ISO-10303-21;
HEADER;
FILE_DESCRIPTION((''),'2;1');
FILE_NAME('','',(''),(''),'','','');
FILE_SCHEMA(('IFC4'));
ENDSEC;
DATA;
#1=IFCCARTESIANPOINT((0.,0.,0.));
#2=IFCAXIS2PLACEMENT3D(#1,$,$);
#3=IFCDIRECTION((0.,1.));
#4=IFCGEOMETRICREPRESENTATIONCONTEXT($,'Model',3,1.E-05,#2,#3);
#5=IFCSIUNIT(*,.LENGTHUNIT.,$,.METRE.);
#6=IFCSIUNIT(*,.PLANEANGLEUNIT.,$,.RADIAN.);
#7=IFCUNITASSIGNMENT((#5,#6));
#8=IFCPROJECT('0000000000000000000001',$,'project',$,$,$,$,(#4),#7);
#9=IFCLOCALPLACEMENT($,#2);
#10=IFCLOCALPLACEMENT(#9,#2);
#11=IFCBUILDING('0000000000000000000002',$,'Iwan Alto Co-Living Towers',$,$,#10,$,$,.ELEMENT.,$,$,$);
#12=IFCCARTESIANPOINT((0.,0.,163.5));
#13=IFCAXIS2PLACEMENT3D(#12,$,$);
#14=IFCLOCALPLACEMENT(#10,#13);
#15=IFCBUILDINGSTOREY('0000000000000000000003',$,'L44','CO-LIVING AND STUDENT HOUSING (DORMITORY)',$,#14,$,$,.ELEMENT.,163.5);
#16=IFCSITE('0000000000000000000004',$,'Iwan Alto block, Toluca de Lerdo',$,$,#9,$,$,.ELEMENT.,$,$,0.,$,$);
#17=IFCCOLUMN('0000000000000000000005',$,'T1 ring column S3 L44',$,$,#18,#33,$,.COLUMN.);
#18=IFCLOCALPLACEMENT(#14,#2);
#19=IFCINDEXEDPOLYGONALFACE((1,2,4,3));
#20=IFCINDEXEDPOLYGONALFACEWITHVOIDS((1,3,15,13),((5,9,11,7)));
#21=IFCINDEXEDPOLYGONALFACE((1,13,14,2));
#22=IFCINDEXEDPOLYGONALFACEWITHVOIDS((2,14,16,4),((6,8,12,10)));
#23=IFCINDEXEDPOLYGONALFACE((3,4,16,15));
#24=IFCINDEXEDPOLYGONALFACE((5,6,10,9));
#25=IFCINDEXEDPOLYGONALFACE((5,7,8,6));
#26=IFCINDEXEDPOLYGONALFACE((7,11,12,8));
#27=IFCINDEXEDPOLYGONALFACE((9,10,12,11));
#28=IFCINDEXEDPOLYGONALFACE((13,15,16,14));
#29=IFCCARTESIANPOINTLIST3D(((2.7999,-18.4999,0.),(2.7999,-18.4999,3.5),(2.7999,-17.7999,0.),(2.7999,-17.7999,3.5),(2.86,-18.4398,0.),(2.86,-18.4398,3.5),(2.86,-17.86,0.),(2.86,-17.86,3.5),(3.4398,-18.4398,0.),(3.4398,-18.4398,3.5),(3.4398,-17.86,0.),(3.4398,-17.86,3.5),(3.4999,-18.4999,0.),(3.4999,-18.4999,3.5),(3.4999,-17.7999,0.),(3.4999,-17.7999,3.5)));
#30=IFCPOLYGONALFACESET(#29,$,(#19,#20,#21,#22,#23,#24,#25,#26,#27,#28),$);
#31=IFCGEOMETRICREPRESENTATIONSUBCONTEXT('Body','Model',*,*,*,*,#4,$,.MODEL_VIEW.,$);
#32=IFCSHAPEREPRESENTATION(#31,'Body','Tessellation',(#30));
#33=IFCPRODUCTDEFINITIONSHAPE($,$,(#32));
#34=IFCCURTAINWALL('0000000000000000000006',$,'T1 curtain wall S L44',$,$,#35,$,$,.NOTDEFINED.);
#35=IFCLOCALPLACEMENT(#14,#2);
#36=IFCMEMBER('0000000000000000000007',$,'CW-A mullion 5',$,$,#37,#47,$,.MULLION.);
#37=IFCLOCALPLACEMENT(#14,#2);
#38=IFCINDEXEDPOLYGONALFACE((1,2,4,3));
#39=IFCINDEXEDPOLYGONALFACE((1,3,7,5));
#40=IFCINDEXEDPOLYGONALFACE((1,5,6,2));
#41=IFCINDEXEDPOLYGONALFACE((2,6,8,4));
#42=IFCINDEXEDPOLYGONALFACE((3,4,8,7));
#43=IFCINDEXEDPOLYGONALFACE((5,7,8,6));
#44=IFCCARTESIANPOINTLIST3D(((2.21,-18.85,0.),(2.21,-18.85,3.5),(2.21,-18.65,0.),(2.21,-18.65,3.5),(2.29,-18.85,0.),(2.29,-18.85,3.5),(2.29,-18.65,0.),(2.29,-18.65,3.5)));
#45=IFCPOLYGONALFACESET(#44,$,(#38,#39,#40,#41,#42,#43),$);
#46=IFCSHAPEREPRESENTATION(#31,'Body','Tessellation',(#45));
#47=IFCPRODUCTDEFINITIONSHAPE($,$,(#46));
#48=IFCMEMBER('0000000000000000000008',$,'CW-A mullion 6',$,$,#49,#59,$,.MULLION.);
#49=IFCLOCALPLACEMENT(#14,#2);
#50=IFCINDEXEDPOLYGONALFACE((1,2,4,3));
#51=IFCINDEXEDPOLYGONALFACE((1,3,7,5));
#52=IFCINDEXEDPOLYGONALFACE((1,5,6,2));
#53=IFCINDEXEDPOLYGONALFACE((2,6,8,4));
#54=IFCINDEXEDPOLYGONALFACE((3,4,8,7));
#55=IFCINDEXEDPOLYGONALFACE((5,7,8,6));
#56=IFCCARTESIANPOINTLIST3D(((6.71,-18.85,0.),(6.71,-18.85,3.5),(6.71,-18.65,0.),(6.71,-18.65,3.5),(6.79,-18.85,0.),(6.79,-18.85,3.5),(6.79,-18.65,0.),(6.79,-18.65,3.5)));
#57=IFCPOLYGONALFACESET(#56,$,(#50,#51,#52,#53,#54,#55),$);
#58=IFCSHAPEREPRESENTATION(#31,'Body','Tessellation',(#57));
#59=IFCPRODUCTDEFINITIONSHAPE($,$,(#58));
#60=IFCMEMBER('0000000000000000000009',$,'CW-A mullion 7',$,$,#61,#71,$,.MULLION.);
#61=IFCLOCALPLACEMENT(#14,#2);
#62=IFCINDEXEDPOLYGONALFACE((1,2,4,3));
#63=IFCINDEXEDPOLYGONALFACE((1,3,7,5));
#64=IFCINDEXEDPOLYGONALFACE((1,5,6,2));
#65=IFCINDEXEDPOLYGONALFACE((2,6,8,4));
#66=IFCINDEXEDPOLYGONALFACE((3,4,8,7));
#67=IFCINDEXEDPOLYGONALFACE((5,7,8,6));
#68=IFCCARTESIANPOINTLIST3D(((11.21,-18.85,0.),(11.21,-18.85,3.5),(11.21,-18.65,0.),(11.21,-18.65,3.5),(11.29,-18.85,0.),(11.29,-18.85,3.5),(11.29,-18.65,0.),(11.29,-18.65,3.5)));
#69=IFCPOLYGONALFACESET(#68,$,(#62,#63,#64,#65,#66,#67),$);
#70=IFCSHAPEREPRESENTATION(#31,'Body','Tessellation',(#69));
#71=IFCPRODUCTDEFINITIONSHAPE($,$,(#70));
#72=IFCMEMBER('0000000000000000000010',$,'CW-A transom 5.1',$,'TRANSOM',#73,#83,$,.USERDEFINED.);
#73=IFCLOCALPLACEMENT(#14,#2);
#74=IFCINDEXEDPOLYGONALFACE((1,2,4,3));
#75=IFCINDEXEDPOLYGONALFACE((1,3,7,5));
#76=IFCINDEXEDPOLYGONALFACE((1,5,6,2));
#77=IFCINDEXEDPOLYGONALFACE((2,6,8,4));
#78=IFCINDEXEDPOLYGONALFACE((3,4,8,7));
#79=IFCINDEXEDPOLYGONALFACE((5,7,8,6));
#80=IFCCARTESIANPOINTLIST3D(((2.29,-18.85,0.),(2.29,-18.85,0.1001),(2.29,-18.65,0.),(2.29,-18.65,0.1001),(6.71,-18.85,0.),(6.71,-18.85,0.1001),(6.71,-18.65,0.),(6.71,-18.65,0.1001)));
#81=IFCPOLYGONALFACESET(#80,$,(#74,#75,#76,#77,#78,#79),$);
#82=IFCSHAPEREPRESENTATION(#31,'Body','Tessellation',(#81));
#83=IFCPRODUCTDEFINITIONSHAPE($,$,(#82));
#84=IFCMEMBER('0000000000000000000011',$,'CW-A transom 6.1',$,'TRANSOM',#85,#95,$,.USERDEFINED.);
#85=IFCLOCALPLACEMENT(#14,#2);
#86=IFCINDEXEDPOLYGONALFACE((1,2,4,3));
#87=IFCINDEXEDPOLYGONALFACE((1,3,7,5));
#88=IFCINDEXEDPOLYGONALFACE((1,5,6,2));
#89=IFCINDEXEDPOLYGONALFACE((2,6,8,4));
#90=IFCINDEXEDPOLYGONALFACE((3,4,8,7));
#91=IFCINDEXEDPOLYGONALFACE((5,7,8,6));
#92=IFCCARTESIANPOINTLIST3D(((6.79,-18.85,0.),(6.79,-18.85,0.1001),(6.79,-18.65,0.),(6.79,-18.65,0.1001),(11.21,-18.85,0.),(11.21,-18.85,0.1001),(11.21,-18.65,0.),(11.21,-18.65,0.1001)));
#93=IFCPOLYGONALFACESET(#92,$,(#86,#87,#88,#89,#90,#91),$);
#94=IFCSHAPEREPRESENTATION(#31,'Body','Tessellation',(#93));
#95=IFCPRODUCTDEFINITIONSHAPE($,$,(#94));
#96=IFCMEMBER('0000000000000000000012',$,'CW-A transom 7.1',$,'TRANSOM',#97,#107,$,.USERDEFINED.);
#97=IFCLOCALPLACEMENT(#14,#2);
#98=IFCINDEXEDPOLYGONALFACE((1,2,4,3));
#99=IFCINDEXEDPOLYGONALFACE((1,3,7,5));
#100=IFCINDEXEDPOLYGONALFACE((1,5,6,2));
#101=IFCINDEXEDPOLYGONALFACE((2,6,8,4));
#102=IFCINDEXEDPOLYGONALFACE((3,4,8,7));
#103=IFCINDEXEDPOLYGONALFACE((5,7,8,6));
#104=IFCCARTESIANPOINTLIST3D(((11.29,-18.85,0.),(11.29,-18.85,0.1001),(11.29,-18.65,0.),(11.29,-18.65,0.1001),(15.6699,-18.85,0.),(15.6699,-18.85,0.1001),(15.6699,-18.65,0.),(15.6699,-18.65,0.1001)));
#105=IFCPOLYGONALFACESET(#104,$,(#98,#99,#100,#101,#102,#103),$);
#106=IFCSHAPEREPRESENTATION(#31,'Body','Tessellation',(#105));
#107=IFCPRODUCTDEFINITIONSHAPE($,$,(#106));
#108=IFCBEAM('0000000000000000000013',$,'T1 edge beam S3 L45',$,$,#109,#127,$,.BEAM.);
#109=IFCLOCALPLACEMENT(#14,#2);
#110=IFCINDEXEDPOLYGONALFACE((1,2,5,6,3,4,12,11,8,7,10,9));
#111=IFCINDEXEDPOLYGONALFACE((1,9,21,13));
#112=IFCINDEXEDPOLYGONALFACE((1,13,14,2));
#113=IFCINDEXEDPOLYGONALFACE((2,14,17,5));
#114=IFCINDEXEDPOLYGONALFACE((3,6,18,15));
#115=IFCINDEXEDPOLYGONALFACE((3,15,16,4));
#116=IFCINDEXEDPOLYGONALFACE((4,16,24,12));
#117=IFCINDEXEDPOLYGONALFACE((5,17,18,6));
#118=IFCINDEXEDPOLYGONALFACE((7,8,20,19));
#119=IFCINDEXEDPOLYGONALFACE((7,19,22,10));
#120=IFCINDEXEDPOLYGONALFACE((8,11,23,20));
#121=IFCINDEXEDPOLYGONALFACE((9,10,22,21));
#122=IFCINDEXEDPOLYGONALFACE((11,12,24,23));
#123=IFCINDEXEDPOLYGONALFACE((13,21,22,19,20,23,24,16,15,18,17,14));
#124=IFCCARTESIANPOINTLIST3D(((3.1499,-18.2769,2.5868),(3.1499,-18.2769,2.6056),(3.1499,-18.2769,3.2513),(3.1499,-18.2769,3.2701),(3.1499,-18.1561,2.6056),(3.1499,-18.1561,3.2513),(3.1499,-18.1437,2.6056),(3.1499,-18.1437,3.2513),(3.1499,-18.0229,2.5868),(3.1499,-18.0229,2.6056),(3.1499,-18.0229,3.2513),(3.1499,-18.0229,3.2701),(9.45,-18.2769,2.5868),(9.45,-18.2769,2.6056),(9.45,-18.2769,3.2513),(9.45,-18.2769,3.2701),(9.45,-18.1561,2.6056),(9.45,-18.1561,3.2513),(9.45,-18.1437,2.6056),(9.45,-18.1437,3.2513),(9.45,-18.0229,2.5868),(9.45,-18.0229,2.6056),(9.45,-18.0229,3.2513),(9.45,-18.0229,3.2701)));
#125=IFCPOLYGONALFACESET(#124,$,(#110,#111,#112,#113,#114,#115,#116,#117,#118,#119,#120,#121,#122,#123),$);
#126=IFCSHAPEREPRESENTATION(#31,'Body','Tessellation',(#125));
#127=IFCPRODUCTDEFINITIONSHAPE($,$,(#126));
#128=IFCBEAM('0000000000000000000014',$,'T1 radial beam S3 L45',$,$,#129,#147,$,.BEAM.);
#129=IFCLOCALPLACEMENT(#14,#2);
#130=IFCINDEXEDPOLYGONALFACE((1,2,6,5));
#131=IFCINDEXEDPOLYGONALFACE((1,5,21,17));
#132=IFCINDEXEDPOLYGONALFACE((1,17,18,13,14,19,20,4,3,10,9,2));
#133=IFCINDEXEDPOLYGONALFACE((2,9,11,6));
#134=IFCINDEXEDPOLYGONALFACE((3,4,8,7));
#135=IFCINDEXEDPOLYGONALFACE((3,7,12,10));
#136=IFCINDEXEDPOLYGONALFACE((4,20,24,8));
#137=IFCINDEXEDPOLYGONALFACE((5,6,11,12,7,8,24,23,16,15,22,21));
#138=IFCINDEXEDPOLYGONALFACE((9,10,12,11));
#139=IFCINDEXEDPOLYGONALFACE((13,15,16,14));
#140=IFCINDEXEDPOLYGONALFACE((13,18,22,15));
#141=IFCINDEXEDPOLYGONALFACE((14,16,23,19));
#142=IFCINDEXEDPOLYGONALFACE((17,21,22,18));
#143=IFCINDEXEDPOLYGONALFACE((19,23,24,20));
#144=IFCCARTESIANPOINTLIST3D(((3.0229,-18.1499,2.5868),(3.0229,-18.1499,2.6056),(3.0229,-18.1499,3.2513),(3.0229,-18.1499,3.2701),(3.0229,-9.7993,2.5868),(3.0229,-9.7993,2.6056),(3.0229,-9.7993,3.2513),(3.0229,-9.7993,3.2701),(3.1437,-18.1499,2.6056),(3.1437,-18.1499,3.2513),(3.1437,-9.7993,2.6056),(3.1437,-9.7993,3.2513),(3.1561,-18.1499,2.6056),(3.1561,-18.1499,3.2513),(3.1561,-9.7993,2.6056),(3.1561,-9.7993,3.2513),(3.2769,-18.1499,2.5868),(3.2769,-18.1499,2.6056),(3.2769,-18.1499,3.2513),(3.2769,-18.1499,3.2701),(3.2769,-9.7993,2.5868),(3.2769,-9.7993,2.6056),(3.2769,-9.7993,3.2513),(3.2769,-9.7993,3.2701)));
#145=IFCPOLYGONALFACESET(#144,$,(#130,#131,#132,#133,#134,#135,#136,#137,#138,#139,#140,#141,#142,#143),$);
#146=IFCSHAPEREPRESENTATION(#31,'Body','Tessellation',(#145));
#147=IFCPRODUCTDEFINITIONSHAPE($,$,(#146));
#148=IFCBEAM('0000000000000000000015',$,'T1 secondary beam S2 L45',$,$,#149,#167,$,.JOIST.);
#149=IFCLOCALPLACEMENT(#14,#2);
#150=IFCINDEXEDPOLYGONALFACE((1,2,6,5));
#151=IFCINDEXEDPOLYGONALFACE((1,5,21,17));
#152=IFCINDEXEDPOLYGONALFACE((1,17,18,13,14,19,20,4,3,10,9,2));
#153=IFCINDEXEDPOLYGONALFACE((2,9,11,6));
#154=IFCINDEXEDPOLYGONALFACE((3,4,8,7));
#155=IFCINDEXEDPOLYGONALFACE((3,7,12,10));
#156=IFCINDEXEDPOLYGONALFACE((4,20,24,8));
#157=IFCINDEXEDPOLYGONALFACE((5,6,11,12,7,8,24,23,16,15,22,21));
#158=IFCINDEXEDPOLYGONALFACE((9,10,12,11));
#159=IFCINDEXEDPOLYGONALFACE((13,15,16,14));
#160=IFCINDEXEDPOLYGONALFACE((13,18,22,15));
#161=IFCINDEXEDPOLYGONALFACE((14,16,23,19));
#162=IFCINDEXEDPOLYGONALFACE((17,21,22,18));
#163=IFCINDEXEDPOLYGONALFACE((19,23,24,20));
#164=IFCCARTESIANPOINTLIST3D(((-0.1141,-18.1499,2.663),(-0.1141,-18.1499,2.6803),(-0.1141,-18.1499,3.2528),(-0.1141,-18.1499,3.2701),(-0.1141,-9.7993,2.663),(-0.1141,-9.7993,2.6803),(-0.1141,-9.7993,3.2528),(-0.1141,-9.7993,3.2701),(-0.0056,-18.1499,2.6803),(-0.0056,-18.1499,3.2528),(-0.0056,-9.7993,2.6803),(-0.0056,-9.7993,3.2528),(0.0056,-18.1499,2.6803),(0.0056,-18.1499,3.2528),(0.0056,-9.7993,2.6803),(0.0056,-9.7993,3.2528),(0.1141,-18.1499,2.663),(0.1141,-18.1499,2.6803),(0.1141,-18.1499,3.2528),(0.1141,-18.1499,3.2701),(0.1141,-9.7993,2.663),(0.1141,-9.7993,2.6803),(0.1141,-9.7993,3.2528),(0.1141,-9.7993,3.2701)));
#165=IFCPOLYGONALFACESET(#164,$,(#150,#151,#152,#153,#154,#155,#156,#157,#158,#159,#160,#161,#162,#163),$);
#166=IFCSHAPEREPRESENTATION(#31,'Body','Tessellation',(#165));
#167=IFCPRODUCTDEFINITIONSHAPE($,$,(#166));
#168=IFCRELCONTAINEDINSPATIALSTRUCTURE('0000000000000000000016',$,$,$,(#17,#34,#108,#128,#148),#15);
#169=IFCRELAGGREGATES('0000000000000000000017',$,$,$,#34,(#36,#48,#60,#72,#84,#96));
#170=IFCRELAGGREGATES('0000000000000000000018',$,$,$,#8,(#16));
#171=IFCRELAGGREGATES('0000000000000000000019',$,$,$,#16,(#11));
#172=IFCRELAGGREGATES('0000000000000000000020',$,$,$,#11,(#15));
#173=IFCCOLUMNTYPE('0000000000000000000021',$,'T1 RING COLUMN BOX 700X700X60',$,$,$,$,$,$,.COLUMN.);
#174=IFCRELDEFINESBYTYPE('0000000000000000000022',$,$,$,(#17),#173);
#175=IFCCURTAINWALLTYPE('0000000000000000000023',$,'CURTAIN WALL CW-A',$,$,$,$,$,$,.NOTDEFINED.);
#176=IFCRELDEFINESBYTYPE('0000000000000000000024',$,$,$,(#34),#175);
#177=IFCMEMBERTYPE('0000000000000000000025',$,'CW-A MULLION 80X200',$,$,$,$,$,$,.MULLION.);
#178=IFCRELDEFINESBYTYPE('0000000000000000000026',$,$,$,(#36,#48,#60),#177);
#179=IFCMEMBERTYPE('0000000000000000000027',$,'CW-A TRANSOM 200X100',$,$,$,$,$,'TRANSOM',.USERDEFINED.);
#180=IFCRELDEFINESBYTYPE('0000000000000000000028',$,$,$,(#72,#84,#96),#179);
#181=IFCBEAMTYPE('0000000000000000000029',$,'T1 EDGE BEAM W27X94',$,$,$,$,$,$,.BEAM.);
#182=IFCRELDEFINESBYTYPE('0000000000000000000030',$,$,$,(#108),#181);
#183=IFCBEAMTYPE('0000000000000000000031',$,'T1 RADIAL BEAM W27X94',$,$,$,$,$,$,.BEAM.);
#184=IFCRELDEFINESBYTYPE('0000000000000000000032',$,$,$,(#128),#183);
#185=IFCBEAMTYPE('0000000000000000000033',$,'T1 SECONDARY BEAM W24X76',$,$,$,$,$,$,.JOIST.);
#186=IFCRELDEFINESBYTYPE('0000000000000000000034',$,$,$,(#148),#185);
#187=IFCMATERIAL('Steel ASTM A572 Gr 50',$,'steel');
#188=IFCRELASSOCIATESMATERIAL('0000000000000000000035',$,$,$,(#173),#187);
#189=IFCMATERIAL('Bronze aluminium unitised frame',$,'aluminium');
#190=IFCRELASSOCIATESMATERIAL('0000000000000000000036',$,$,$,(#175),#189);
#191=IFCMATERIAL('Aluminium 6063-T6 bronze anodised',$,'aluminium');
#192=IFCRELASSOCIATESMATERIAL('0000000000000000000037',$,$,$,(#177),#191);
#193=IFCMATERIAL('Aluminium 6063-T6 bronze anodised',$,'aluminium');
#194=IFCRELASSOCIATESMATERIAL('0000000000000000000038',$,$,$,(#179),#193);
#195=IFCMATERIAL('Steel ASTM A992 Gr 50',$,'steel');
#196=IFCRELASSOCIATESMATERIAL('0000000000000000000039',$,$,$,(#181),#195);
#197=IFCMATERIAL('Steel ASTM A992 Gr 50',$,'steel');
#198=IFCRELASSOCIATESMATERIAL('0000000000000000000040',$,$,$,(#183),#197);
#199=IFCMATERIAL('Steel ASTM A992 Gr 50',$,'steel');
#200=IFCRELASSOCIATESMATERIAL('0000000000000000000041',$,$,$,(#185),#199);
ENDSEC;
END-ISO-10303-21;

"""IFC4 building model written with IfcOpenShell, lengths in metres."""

from ifc_helpers import new_model, si_unit, direction, frame, origin, origin_2d, place, context, subcontext, project, spatial, rectangle, hollow_rectangle, i_section, extrude, material, material_profile, profile_set, type_object, element, aggregate, save


model = new_model("IFC4")

# Units and contexts
model_context = context("Model", 3, precision=1e-05, world=origin(), true_north=direction((0.0, 1.0)))
body_context = subcontext(model_context, "Body", "Model", "MODEL_VIEW")
ifc_project = project(units=[si_unit("LENGTHUNIT", "METRE"), si_unit("PLANEANGLEUNIT", "RADIAN")], contexts=[model_context])

# Site, building, storey
site_placement = place(None, origin())
site = spatial("IfcSite", under=ifc_project, at=site_placement, Name="Iwan Alto block, Toluca de Lerdo", CompositionType="ELEMENT", RefElevation=0.0)
building_placement = place(site_placement, origin())
building = spatial("IfcBuilding", under=site, at=building_placement, Name="Iwan Alto Co-Living Towers", CompositionType="ELEMENT")
storey_placement = place(building_placement, frame((0.0, 0.0, 163.5)))
storey = spatial("IfcBuildingStorey", under=building, at=storey_placement, Name="L44", Description="CO-LIVING AND STUDENT HOUSING (DORMITORY)", CompositionType="ELEMENT", Elevation=163.5)

# Column
ifc_material_1 = material(Name="Steel ASTM A572 Gr 50", Category="steel")
ifc_material_profile_1 = material_profile(ifc_material_1, hollow_rectangle(XDim=0.7, YDim=0.7, WallThickness=0.0601, at=origin_2d()), Name="BOX 700X700X60")
ifc_profile_set_1 = profile_set([ifc_material_profile_1], Name="Steel ASTM A572 Gr 50")
column_type = type_object("IfcColumnType", Name="T1 RING COLUMN BOX 700X700X60", PredefinedType="COLUMN", material=ifc_profile_set_1)
column_placement = place(storey_placement, frame((3.1499, -18.1499, 0.0), z_axis=(0.0, 0.0, 1.0), x_axis=(1.0, 0.0, 0.0)))
element("IfcColumn", 1, at=column_placement, inside=storey, type_object=column_type, Name="T1 ring column S3 L44", PredefinedType="COLUMN", context=body_context, shape_type="SweptSolid", body=[
    extrude(hollow_rectangle(XDim=0.7, YDim=0.7, WallThickness=0.0601, at=origin_2d()), origin(), (0.0, 0.0, 1.0), 3.5),
])

# Curtain wall, members
ifc_material_2 = material(Name="Bronze aluminium unitised frame", Category="aluminium")
curtain_wall_type = type_object("IfcCurtainWallType", Name="CURTAIN WALL CW-A", PredefinedType="NOTDEFINED", material=ifc_material_2)
curtain_wall_placement = place(storey_placement, origin())
curtain_wall = element("IfcCurtainWall", 2, at=curtain_wall_placement, inside=storey, type_object=curtain_wall_type, Name="T1 curtain wall S L44", PredefinedType="NOTDEFINED")
ifc_material_3 = material(Name="Aluminium 6063-T6 bronze anodised", Category="aluminium")
ifc_material_profile_2 = material_profile(ifc_material_3, rectangle(XDim=0.2, YDim=0.0801, at=origin_2d()), Name="AL 80X200")
ifc_profile_set_2 = profile_set([ifc_material_profile_2], Name="Aluminium 6063-T6 bronze anodised")
member_type_1 = type_object("IfcMemberType", Name="CW-A MULLION 80X200", PredefinedType="MULLION", material=ifc_profile_set_2)
member_1_placement = place(storey_placement, frame((2.25, -18.75, 0.0), z_axis=(0.0, 0.0, 1.0), x_axis=(0.0, 1.0, 0.0)))
member_1 = element("IfcMember", 3, at=member_1_placement, type_object=member_type_1, Name="CW-A mullion 5", PredefinedType="MULLION", context=body_context, shape_type="SweptSolid", body=[
    extrude(rectangle(XDim=0.2, YDim=0.0801, at=origin_2d()), origin(), (0.0, 0.0, 1.0), 3.5),
])
member_2_placement = place(storey_placement, frame((6.75, -18.75, 0.0), z_axis=(0.0, 0.0, 1.0), x_axis=(0.0, 1.0, 0.0)))
member_2 = element("IfcMember", 4, at=member_2_placement, type_object=member_type_1, Name="CW-A mullion 6", PredefinedType="MULLION", context=body_context, shape_type="SweptSolid", body=[
    extrude(rectangle(XDim=0.2, YDim=0.0801, at=origin_2d()), origin(), (0.0, 0.0, 1.0), 3.5),
])
member_3_placement = place(storey_placement, frame((11.25, -18.75, 0.0), z_axis=(0.0, 0.0, 1.0), x_axis=(0.0, 1.0, 0.0)))
member_3 = element("IfcMember", 5, at=member_3_placement, type_object=member_type_1, Name="CW-A mullion 7", PredefinedType="MULLION", context=body_context, shape_type="SweptSolid", body=[
    extrude(rectangle(XDim=0.2, YDim=0.0801, at=origin_2d()), origin(), (0.0, 0.0, 1.0), 3.5),
])
ifc_material_4 = material(Name="Aluminium 6063-T6 bronze anodised", Category="aluminium")
ifc_material_profile_3 = material_profile(ifc_material_4, rectangle(XDim=0.2, YDim=0.1001, at=origin_2d()), Name="AL 200X100")
ifc_profile_set_3 = profile_set([ifc_material_profile_3], Name="Aluminium 6063-T6 bronze anodised")
member_type_2 = type_object("IfcMemberType", Name="CW-A TRANSOM 200X100", ElementType="TRANSOM", PredefinedType="USERDEFINED", material=ifc_profile_set_3)
member_4_placement = place(storey_placement, frame((2.29, -18.75, 0.05), z_axis=(1.0, 0.0, 0.0), x_axis=(0.0, 1.0, 0.0)))
member_4 = element("IfcMember", 6, at=member_4_placement, type_object=member_type_2, Name="CW-A transom 5.1", ObjectType="TRANSOM", PredefinedType="USERDEFINED", context=body_context, shape_type="SweptSolid", body=[
    extrude(rectangle(XDim=0.2, YDim=0.1001, at=origin_2d()), origin(), (0.0, 0.0, 1.0), 4.4199),
])
member_5_placement = place(storey_placement, frame((6.79, -18.75, 0.05), z_axis=(1.0, 0.0, 0.0), x_axis=(0.0, 1.0, 0.0)))
member_5 = element("IfcMember", 7, at=member_5_placement, type_object=member_type_2, Name="CW-A transom 6.1", ObjectType="TRANSOM", PredefinedType="USERDEFINED", context=body_context, shape_type="SweptSolid", body=[
    extrude(rectangle(XDim=0.2, YDim=0.1001, at=origin_2d()), origin(), (0.0, 0.0, 1.0), 4.4199),
])
member_6_placement = place(storey_placement, frame((11.29, -18.75, 0.05), z_axis=(1.0, 0.0, 0.0), x_axis=(0.0, 1.0, 0.0)))
member_6 = element("IfcMember", 8, at=member_6_placement, type_object=member_type_2, Name="CW-A transom 7.1", ObjectType="TRANSOM", PredefinedType="USERDEFINED", context=body_context, shape_type="SweptSolid", body=[
    extrude(rectangle(XDim=0.2, YDim=0.1001, at=origin_2d()), origin(), (0.0, 0.0, 1.0), 4.3799),
])

# Beams
ifc_material_5 = material(Name="Steel ASTM A992 Gr 50", Category="steel")
ifc_material_profile_4 = material_profile(ifc_material_5, i_section(OverallWidth=0.2539, OverallDepth=0.6833, WebThickness=0.0125, FlangeThickness=0.0188, at=origin_2d()), Name="W27X94")
ifc_profile_set_4 = profile_set([ifc_material_profile_4], Name="Steel ASTM A992 Gr 50")
beam_type_1 = type_object("IfcBeamType", Name="T1 EDGE BEAM W27X94", PredefinedType="BEAM", material=ifc_profile_set_4)
beam_1_placement = place(storey_placement, frame((3.1499, -18.1499, 2.9285), z_axis=(1.0, 0.0, 0.0), x_axis=(0.0, 1.0, 0.0)))
element("IfcBeam", 9, at=beam_1_placement, inside=storey, type_object=beam_type_1, Name="T1 edge beam S3 L45", PredefinedType="BEAM", context=body_context, shape_type="SweptSolid", body=[
    extrude(i_section(OverallWidth=0.2539, OverallDepth=0.6833, WebThickness=0.0125, FlangeThickness=0.0188, at=origin_2d()), origin(), (0.0, 0.0, 1.0), 6.3),
])
ifc_material_6 = material(Name="Steel ASTM A992 Gr 50", Category="steel")
ifc_material_profile_5 = material_profile(ifc_material_6, i_section(OverallWidth=0.2539, OverallDepth=0.6833, WebThickness=0.0125, FlangeThickness=0.0188, at=origin_2d()), Name="W27X94")
ifc_profile_set_5 = profile_set([ifc_material_profile_5], Name="Steel ASTM A992 Gr 50")
beam_type_2 = type_object("IfcBeamType", Name="T1 RADIAL BEAM W27X94", PredefinedType="BEAM", material=ifc_profile_set_5)
beam_2_placement = place(storey_placement, frame((3.1499, -18.1499, 2.9285), z_axis=(0.0, 1.0, 0.0), x_axis=(-1.0, 0.0, 0.0)))
element("IfcBeam", 10, at=beam_2_placement, inside=storey, type_object=beam_type_2, Name="T1 radial beam S3 L45", PredefinedType="BEAM", context=body_context, shape_type="SweptSolid", body=[
    extrude(i_section(OverallWidth=0.2539, OverallDepth=0.6833, WebThickness=0.0125, FlangeThickness=0.0188, at=origin_2d()), origin(), (0.0, 0.0, 1.0), 8.3506),
])
ifc_material_7 = material(Name="Steel ASTM A992 Gr 50", Category="steel")
ifc_material_profile_6 = material_profile(ifc_material_7, i_section(OverallWidth=0.2283, OverallDepth=0.6072, WebThickness=0.0112, FlangeThickness=0.0173, at=origin_2d()), Name="W24X76")
ifc_profile_set_6 = profile_set([ifc_material_profile_6], Name="Steel ASTM A992 Gr 50")
beam_type_3 = type_object("IfcBeamType", Name="T1 SECONDARY BEAM W24X76", PredefinedType="JOIST", material=ifc_profile_set_6)
for number, where, z_axis, x_axis, name in (
    (11, (0.0, -18.1499, 2.9666), (0.0, 1.0, 0.0), (-1.0, 0.0, 0.0), "T1 secondary beam S2 L45"),
):
    element("IfcBeam", number, at=place(storey_placement, frame(where, z_axis=z_axis, x_axis=x_axis)), inside=storey, type_object=beam_type_3, Name=name, PredefinedType="JOIST", context=body_context, shape_type="SweptSolid", body=[
        extrude(i_section(OverallWidth=0.2283, OverallDepth=0.6072, WebThickness=0.0112, FlangeThickness=0.0173, at=origin_2d()), origin(), (0.0, 0.0, 1.0), 8.3506),
    ])

aggregate(curtain_wall, [member_1, member_2, member_3, member_4, member_5, member_6])

save(model, "model.ifc")
